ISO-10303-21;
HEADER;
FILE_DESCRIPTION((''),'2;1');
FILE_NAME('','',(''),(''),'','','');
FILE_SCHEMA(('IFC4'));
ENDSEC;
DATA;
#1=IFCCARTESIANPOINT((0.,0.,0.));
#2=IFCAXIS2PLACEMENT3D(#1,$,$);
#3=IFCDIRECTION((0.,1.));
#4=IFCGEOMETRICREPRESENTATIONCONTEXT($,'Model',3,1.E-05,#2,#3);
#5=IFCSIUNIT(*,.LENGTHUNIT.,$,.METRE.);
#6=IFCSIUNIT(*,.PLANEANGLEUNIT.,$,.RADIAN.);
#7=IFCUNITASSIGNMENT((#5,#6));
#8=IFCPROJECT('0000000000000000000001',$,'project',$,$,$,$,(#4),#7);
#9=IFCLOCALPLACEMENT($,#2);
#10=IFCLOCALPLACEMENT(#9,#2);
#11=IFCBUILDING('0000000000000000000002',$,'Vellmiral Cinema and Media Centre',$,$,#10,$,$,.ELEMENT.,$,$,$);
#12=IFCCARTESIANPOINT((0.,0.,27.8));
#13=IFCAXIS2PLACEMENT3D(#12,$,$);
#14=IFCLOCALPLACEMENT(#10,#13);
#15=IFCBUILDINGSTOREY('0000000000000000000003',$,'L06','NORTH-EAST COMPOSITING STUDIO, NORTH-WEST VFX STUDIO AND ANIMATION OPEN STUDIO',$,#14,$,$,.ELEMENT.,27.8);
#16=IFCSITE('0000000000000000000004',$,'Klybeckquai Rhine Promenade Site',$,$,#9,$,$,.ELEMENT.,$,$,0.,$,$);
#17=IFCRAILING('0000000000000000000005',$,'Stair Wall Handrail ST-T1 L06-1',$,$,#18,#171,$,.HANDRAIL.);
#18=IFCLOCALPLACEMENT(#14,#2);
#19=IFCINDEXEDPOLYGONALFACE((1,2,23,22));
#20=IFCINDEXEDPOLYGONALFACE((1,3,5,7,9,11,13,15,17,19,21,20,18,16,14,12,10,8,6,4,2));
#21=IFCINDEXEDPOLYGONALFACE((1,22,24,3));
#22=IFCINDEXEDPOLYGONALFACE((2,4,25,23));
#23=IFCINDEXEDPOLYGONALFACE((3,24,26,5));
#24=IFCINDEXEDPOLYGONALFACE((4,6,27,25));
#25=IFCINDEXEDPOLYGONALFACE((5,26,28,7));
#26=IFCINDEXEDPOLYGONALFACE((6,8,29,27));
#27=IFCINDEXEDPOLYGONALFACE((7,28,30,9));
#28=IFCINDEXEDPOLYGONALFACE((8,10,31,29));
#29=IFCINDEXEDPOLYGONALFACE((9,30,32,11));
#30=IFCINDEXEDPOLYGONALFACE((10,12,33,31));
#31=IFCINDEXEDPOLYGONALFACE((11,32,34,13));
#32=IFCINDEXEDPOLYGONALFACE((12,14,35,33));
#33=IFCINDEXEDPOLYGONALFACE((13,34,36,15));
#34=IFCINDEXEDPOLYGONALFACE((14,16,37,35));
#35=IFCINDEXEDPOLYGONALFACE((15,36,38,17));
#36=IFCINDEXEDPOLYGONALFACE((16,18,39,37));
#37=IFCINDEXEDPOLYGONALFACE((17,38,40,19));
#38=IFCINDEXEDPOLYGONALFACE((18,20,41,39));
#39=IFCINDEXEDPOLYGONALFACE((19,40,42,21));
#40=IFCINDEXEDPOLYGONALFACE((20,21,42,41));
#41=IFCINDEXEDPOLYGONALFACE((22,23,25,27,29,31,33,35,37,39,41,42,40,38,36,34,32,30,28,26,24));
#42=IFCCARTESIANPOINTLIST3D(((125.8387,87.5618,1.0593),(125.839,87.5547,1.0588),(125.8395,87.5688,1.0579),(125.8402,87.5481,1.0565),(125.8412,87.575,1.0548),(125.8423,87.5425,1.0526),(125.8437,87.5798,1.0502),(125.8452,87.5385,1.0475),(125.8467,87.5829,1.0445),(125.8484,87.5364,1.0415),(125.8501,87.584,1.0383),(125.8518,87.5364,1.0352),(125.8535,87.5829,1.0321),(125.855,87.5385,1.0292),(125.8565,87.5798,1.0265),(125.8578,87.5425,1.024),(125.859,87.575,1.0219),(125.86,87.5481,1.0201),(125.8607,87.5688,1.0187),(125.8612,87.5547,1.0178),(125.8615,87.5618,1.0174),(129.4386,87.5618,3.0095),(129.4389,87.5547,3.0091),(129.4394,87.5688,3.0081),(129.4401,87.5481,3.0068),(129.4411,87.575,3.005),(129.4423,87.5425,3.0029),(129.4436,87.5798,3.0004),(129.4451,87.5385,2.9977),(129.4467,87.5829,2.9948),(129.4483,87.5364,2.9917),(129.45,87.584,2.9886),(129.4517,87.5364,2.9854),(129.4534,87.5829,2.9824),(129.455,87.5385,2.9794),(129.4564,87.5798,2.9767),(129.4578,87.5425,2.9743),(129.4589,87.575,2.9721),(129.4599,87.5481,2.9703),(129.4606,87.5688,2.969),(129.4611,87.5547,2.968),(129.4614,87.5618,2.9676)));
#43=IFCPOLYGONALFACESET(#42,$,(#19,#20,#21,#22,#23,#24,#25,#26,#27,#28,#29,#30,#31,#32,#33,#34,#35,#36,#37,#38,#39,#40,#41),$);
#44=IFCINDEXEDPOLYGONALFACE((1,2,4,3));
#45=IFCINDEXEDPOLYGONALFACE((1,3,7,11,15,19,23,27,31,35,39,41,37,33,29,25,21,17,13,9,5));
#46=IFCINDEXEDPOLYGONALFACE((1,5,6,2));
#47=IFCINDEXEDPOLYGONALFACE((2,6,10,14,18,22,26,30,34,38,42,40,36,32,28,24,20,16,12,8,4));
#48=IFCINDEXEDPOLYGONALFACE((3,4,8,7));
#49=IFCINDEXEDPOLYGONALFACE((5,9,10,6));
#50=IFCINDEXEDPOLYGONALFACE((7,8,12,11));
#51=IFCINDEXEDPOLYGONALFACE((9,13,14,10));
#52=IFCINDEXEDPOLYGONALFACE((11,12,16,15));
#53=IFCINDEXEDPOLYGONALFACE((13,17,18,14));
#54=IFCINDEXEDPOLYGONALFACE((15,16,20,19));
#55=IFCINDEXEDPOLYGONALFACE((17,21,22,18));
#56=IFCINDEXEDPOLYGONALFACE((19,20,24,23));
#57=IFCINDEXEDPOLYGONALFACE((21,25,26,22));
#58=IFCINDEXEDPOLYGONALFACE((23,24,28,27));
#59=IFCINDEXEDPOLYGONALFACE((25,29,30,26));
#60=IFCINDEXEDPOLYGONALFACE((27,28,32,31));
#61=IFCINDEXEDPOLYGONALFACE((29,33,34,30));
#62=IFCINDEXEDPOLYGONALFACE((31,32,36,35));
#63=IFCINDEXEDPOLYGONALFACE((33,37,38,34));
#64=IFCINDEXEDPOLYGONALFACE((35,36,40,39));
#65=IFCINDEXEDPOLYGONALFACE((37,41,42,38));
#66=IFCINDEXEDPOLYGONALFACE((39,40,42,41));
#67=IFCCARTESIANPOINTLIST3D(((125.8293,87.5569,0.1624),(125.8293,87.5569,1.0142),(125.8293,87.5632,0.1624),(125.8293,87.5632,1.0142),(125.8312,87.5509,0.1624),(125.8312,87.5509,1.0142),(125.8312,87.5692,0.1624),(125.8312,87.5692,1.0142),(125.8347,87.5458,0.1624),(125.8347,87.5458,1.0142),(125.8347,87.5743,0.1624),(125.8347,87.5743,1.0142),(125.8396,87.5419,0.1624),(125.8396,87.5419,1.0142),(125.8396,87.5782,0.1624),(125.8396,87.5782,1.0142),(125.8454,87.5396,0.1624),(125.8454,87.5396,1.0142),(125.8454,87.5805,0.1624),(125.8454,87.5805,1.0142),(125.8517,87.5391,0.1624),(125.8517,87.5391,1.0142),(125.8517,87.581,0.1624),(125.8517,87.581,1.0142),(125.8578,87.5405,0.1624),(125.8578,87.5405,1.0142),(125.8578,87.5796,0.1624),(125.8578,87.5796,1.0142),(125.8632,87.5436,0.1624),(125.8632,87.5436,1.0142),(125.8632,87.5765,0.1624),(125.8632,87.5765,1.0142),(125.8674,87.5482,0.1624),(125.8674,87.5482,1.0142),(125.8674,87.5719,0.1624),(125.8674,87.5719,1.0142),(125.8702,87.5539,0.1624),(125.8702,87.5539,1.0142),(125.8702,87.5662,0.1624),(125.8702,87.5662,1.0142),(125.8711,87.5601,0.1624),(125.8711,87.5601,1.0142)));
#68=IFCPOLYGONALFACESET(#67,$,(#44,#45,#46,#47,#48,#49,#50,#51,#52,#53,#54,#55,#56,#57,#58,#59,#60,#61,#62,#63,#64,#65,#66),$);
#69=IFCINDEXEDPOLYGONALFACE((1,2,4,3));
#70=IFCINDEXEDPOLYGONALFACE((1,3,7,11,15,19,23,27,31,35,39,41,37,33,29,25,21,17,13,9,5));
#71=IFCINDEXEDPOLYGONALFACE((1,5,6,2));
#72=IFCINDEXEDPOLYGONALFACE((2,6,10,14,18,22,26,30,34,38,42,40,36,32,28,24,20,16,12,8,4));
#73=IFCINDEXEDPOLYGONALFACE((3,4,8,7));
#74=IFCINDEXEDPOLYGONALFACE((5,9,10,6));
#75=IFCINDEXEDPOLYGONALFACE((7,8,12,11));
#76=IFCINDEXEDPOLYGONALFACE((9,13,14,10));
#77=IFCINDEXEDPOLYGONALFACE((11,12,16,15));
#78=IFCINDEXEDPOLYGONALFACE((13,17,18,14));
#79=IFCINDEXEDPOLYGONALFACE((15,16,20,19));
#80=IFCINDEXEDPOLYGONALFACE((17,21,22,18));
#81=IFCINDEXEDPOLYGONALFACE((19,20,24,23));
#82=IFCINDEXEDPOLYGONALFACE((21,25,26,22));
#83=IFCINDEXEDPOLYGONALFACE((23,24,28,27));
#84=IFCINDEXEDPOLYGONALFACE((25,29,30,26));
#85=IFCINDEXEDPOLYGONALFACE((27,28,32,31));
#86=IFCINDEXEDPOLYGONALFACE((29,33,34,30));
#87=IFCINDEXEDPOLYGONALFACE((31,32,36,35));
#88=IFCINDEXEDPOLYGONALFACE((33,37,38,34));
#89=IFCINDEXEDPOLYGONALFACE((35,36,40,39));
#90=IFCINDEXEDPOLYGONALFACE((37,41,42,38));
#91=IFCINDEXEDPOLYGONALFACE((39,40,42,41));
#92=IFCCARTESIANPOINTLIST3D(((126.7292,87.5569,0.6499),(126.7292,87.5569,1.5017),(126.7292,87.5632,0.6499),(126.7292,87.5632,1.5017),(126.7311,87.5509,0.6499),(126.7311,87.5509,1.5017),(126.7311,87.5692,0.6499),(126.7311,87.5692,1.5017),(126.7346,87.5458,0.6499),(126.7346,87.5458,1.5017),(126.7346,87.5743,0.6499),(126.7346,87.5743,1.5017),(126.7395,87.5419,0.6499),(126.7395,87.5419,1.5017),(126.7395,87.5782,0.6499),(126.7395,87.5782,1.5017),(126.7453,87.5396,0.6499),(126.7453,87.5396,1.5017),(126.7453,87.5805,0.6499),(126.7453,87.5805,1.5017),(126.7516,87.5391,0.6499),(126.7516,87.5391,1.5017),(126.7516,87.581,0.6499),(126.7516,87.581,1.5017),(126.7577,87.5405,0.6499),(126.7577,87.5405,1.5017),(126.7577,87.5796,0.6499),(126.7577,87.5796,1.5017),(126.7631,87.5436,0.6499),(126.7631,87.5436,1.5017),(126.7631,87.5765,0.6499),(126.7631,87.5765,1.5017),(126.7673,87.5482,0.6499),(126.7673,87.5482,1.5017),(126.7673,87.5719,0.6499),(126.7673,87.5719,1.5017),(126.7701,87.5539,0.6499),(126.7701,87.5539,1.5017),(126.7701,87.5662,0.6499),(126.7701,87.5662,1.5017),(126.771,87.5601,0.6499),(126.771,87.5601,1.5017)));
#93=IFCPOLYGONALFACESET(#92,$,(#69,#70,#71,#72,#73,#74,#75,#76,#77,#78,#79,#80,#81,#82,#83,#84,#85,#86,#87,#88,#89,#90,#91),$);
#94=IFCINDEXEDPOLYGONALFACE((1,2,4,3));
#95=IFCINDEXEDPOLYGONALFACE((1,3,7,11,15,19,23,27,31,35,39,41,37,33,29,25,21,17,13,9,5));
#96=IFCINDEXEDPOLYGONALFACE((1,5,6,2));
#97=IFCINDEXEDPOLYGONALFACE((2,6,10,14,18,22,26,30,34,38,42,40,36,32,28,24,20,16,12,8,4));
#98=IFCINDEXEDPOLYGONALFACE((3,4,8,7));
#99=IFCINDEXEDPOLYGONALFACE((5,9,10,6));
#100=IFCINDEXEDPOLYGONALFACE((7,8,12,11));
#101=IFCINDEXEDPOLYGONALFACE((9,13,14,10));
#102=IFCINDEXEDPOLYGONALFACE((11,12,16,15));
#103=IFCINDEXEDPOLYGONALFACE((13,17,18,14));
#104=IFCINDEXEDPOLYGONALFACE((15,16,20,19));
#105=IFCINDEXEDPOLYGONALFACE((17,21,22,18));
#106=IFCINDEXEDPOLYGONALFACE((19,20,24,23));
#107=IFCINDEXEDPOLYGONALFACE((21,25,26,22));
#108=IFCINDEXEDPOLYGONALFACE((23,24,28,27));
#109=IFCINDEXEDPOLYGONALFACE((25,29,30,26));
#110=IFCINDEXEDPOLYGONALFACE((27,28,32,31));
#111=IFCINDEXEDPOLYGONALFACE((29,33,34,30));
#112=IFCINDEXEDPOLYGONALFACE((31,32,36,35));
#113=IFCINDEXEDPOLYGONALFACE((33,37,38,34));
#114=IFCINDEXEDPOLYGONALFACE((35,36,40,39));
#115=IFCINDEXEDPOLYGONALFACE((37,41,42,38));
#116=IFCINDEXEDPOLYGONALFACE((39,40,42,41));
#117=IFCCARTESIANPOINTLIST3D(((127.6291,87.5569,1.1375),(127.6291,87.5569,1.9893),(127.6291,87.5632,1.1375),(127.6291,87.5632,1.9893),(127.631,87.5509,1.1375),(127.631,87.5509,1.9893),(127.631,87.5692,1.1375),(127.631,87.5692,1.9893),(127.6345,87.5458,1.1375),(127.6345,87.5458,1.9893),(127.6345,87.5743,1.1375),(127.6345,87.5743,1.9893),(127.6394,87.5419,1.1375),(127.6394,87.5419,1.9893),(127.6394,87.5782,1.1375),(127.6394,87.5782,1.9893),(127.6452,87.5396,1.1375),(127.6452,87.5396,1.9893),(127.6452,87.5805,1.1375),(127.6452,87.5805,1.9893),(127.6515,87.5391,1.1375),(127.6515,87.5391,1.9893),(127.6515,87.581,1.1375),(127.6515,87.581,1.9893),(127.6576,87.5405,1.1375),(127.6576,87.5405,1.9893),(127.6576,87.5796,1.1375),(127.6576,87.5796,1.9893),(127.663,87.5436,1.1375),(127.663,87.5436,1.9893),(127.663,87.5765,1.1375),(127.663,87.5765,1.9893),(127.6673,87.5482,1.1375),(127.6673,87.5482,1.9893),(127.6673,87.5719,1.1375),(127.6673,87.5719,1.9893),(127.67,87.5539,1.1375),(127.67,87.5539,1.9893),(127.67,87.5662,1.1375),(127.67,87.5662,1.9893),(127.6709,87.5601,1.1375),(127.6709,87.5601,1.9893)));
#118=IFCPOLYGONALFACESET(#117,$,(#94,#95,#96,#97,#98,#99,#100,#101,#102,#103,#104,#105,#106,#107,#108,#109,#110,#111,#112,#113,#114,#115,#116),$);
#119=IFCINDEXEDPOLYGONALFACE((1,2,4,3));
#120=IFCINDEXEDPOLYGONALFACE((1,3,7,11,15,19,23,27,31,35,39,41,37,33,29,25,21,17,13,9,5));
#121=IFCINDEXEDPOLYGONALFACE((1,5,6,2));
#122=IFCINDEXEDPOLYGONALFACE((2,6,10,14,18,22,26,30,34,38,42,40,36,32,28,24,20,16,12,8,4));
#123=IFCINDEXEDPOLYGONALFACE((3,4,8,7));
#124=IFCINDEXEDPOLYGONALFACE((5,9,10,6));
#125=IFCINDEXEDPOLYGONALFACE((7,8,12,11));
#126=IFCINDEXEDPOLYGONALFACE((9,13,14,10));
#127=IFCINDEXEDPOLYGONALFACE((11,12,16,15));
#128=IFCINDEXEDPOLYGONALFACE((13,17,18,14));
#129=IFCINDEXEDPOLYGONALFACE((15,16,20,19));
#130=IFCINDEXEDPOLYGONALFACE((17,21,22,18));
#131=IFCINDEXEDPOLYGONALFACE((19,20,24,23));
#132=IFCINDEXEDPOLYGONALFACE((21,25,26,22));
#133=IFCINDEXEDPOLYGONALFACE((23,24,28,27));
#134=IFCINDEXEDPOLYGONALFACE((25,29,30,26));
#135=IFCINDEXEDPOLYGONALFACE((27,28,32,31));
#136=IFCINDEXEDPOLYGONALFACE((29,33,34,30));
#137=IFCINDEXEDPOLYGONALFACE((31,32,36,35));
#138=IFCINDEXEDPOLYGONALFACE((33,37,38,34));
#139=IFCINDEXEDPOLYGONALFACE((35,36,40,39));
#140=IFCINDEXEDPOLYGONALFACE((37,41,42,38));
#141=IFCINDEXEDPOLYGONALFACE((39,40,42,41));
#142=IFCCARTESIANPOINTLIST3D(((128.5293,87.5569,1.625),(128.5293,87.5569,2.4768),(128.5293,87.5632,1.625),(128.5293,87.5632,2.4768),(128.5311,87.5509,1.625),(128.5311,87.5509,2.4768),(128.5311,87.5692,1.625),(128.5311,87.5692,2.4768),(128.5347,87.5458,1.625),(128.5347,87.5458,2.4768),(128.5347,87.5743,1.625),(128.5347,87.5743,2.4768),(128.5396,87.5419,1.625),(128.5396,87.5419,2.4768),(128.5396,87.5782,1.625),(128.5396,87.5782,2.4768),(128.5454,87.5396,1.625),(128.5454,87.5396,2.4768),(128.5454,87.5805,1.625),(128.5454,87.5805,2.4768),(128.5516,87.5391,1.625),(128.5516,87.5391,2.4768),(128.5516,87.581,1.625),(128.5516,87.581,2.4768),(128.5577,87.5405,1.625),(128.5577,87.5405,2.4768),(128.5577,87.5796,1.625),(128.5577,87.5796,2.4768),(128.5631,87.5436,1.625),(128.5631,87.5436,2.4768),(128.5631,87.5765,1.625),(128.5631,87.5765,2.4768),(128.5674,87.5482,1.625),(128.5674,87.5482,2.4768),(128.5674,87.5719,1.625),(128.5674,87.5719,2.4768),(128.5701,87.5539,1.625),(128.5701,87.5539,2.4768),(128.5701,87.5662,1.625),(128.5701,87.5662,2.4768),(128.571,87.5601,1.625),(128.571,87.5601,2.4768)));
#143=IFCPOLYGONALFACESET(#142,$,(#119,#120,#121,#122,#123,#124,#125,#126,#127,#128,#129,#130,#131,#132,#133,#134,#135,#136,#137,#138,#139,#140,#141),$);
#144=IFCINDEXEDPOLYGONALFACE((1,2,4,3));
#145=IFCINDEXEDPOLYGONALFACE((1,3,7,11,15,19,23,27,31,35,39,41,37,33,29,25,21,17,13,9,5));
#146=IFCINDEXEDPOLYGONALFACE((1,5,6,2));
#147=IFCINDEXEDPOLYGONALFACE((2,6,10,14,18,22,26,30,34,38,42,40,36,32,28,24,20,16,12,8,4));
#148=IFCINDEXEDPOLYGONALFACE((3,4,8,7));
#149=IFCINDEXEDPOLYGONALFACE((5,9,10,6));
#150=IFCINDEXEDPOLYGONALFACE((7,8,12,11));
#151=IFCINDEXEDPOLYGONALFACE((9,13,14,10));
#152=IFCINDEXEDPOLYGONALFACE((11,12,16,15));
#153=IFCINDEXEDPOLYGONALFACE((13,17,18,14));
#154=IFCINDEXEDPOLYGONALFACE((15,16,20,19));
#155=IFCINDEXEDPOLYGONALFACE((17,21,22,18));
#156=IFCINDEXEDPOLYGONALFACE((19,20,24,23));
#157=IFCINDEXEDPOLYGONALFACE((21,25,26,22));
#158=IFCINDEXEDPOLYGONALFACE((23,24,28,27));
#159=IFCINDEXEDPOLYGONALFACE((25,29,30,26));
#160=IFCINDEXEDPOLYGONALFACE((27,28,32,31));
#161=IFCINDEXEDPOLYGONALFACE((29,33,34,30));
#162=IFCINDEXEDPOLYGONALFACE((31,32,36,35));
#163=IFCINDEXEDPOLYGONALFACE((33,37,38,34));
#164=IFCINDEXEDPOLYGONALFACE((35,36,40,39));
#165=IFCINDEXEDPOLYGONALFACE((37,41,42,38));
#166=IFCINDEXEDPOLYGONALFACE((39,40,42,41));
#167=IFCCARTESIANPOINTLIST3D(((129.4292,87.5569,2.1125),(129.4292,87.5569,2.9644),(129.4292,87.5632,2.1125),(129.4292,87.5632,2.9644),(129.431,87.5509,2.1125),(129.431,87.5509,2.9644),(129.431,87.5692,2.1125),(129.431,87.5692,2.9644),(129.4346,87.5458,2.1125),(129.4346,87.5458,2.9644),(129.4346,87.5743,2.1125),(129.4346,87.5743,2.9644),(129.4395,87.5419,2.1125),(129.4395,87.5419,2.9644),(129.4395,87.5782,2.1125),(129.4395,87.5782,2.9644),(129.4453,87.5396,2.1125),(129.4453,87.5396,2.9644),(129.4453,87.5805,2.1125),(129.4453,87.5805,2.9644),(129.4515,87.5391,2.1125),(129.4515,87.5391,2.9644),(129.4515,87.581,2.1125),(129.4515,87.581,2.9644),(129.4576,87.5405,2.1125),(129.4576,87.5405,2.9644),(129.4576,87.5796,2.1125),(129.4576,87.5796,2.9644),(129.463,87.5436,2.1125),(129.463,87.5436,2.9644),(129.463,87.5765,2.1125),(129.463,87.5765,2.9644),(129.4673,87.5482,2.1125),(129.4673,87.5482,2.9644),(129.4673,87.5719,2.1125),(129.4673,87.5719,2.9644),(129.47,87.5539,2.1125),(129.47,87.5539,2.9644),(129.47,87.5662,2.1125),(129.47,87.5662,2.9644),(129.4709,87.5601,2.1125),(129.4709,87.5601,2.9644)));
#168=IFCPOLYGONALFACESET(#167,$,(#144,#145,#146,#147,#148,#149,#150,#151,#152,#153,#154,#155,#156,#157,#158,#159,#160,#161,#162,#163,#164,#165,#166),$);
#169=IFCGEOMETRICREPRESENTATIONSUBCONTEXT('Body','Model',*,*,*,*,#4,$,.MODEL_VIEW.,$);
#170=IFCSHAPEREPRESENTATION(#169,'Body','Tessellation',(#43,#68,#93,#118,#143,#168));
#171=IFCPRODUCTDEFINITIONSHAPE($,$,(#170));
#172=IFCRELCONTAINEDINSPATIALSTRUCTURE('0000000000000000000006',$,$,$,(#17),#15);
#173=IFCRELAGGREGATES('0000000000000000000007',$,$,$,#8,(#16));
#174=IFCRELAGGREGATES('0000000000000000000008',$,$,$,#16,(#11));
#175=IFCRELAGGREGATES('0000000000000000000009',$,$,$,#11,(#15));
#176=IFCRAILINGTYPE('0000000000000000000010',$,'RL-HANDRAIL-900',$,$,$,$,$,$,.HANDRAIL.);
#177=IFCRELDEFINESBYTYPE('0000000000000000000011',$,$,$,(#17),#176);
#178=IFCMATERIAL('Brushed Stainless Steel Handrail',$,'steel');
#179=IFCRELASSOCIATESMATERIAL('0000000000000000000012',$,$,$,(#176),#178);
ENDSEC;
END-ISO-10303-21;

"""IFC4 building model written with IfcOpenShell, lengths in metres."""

from ifc_helpers import new_model, si_unit, direction, frame, origin, origin_2d, place, context, subcontext, project, spatial, circle, extrude, material, type_object, element, save


model = new_model("IFC4")

# Units and contexts
model_context = context("Model", 3, precision=1e-05, world=origin(), true_north=direction((0.0, 1.0)))
body_context = subcontext(model_context, "Body", "Model", "MODEL_VIEW")
ifc_project = project(units=[si_unit("LENGTHUNIT", "METRE"), si_unit("PLANEANGLEUNIT", "RADIAN")], contexts=[model_context])

# Site, building, storey
site_placement = place(None, origin())
site = spatial("IfcSite", under=ifc_project, at=site_placement, Name="Klybeckquai Rhine Promenade Site", CompositionType="ELEMENT", RefElevation=0.0)
building_placement = place(site_placement, origin())
building = spatial("IfcBuilding", under=site, at=building_placement, Name="Vellmiral Cinema and Media Centre", CompositionType="ELEMENT")
storey_placement = place(building_placement, frame((0.0, 0.0, 27.8)))
storey = spatial("IfcBuildingStorey", under=building, at=storey_placement, Name="L06", Description="NORTH-EAST COMPOSITING STUDIO, NORTH-WEST VFX STUDIO AND ANIMATION OPEN STUDIO", CompositionType="ELEMENT", Elevation=27.8)

# Railing
ifc_material_1 = material(Name="Brushed Stainless Steel Handrail", Category="steel")
railing_type_1 = type_object("IfcRailingType", Name="RL-HANDRAIL-900", PredefinedType="HANDRAIL", material=ifc_material_1)
railing_1_placement = place(storey_placement, frame((125.8501, 87.5601, 0.1624)))
element("IfcRailing", 1, at=railing_1_placement, inside=storey, type_object=railing_type_1, Name="Stair Wall Handrail ST-T1 L06-1", PredefinedType="HANDRAIL", context=body_context, shape_type="SweptSolid", body=[
    extrude(circle(Radius=0.0239, at=origin_2d()), frame((0.0, 0.0, 0.876), z_axis=(0.879264, 0.0, 0.476335), x_axis=(0.0, 1.0, 0.0)), (0.0, 0.0, 1.0), 4.0942),
    extrude(circle(Radius=0.021, at=origin_2d()), origin(), (0.0, 0.0, 1.0), 0.8518),
    extrude(circle(Radius=0.021, at=origin_2d()), frame((0.8999, 0.0, 0.4875)), (0.0, 0.0, 1.0), 0.8518),
    extrude(circle(Radius=0.021, at=origin_2d()), frame((1.7998, 0.0, 0.9751)), (0.0, 0.0, 1.0), 0.8518),
    extrude(circle(Radius=0.021, at=origin_2d()), frame((2.7, 0.0, 1.4626)), (0.0, 0.0, 1.0), 0.8518),
    extrude(circle(Radius=0.021, at=origin_2d()), frame((3.5999, 0.0, 1.9502)), (0.0, 0.0, 1.0), 0.8518),
])

save(model, "model.ifc")
